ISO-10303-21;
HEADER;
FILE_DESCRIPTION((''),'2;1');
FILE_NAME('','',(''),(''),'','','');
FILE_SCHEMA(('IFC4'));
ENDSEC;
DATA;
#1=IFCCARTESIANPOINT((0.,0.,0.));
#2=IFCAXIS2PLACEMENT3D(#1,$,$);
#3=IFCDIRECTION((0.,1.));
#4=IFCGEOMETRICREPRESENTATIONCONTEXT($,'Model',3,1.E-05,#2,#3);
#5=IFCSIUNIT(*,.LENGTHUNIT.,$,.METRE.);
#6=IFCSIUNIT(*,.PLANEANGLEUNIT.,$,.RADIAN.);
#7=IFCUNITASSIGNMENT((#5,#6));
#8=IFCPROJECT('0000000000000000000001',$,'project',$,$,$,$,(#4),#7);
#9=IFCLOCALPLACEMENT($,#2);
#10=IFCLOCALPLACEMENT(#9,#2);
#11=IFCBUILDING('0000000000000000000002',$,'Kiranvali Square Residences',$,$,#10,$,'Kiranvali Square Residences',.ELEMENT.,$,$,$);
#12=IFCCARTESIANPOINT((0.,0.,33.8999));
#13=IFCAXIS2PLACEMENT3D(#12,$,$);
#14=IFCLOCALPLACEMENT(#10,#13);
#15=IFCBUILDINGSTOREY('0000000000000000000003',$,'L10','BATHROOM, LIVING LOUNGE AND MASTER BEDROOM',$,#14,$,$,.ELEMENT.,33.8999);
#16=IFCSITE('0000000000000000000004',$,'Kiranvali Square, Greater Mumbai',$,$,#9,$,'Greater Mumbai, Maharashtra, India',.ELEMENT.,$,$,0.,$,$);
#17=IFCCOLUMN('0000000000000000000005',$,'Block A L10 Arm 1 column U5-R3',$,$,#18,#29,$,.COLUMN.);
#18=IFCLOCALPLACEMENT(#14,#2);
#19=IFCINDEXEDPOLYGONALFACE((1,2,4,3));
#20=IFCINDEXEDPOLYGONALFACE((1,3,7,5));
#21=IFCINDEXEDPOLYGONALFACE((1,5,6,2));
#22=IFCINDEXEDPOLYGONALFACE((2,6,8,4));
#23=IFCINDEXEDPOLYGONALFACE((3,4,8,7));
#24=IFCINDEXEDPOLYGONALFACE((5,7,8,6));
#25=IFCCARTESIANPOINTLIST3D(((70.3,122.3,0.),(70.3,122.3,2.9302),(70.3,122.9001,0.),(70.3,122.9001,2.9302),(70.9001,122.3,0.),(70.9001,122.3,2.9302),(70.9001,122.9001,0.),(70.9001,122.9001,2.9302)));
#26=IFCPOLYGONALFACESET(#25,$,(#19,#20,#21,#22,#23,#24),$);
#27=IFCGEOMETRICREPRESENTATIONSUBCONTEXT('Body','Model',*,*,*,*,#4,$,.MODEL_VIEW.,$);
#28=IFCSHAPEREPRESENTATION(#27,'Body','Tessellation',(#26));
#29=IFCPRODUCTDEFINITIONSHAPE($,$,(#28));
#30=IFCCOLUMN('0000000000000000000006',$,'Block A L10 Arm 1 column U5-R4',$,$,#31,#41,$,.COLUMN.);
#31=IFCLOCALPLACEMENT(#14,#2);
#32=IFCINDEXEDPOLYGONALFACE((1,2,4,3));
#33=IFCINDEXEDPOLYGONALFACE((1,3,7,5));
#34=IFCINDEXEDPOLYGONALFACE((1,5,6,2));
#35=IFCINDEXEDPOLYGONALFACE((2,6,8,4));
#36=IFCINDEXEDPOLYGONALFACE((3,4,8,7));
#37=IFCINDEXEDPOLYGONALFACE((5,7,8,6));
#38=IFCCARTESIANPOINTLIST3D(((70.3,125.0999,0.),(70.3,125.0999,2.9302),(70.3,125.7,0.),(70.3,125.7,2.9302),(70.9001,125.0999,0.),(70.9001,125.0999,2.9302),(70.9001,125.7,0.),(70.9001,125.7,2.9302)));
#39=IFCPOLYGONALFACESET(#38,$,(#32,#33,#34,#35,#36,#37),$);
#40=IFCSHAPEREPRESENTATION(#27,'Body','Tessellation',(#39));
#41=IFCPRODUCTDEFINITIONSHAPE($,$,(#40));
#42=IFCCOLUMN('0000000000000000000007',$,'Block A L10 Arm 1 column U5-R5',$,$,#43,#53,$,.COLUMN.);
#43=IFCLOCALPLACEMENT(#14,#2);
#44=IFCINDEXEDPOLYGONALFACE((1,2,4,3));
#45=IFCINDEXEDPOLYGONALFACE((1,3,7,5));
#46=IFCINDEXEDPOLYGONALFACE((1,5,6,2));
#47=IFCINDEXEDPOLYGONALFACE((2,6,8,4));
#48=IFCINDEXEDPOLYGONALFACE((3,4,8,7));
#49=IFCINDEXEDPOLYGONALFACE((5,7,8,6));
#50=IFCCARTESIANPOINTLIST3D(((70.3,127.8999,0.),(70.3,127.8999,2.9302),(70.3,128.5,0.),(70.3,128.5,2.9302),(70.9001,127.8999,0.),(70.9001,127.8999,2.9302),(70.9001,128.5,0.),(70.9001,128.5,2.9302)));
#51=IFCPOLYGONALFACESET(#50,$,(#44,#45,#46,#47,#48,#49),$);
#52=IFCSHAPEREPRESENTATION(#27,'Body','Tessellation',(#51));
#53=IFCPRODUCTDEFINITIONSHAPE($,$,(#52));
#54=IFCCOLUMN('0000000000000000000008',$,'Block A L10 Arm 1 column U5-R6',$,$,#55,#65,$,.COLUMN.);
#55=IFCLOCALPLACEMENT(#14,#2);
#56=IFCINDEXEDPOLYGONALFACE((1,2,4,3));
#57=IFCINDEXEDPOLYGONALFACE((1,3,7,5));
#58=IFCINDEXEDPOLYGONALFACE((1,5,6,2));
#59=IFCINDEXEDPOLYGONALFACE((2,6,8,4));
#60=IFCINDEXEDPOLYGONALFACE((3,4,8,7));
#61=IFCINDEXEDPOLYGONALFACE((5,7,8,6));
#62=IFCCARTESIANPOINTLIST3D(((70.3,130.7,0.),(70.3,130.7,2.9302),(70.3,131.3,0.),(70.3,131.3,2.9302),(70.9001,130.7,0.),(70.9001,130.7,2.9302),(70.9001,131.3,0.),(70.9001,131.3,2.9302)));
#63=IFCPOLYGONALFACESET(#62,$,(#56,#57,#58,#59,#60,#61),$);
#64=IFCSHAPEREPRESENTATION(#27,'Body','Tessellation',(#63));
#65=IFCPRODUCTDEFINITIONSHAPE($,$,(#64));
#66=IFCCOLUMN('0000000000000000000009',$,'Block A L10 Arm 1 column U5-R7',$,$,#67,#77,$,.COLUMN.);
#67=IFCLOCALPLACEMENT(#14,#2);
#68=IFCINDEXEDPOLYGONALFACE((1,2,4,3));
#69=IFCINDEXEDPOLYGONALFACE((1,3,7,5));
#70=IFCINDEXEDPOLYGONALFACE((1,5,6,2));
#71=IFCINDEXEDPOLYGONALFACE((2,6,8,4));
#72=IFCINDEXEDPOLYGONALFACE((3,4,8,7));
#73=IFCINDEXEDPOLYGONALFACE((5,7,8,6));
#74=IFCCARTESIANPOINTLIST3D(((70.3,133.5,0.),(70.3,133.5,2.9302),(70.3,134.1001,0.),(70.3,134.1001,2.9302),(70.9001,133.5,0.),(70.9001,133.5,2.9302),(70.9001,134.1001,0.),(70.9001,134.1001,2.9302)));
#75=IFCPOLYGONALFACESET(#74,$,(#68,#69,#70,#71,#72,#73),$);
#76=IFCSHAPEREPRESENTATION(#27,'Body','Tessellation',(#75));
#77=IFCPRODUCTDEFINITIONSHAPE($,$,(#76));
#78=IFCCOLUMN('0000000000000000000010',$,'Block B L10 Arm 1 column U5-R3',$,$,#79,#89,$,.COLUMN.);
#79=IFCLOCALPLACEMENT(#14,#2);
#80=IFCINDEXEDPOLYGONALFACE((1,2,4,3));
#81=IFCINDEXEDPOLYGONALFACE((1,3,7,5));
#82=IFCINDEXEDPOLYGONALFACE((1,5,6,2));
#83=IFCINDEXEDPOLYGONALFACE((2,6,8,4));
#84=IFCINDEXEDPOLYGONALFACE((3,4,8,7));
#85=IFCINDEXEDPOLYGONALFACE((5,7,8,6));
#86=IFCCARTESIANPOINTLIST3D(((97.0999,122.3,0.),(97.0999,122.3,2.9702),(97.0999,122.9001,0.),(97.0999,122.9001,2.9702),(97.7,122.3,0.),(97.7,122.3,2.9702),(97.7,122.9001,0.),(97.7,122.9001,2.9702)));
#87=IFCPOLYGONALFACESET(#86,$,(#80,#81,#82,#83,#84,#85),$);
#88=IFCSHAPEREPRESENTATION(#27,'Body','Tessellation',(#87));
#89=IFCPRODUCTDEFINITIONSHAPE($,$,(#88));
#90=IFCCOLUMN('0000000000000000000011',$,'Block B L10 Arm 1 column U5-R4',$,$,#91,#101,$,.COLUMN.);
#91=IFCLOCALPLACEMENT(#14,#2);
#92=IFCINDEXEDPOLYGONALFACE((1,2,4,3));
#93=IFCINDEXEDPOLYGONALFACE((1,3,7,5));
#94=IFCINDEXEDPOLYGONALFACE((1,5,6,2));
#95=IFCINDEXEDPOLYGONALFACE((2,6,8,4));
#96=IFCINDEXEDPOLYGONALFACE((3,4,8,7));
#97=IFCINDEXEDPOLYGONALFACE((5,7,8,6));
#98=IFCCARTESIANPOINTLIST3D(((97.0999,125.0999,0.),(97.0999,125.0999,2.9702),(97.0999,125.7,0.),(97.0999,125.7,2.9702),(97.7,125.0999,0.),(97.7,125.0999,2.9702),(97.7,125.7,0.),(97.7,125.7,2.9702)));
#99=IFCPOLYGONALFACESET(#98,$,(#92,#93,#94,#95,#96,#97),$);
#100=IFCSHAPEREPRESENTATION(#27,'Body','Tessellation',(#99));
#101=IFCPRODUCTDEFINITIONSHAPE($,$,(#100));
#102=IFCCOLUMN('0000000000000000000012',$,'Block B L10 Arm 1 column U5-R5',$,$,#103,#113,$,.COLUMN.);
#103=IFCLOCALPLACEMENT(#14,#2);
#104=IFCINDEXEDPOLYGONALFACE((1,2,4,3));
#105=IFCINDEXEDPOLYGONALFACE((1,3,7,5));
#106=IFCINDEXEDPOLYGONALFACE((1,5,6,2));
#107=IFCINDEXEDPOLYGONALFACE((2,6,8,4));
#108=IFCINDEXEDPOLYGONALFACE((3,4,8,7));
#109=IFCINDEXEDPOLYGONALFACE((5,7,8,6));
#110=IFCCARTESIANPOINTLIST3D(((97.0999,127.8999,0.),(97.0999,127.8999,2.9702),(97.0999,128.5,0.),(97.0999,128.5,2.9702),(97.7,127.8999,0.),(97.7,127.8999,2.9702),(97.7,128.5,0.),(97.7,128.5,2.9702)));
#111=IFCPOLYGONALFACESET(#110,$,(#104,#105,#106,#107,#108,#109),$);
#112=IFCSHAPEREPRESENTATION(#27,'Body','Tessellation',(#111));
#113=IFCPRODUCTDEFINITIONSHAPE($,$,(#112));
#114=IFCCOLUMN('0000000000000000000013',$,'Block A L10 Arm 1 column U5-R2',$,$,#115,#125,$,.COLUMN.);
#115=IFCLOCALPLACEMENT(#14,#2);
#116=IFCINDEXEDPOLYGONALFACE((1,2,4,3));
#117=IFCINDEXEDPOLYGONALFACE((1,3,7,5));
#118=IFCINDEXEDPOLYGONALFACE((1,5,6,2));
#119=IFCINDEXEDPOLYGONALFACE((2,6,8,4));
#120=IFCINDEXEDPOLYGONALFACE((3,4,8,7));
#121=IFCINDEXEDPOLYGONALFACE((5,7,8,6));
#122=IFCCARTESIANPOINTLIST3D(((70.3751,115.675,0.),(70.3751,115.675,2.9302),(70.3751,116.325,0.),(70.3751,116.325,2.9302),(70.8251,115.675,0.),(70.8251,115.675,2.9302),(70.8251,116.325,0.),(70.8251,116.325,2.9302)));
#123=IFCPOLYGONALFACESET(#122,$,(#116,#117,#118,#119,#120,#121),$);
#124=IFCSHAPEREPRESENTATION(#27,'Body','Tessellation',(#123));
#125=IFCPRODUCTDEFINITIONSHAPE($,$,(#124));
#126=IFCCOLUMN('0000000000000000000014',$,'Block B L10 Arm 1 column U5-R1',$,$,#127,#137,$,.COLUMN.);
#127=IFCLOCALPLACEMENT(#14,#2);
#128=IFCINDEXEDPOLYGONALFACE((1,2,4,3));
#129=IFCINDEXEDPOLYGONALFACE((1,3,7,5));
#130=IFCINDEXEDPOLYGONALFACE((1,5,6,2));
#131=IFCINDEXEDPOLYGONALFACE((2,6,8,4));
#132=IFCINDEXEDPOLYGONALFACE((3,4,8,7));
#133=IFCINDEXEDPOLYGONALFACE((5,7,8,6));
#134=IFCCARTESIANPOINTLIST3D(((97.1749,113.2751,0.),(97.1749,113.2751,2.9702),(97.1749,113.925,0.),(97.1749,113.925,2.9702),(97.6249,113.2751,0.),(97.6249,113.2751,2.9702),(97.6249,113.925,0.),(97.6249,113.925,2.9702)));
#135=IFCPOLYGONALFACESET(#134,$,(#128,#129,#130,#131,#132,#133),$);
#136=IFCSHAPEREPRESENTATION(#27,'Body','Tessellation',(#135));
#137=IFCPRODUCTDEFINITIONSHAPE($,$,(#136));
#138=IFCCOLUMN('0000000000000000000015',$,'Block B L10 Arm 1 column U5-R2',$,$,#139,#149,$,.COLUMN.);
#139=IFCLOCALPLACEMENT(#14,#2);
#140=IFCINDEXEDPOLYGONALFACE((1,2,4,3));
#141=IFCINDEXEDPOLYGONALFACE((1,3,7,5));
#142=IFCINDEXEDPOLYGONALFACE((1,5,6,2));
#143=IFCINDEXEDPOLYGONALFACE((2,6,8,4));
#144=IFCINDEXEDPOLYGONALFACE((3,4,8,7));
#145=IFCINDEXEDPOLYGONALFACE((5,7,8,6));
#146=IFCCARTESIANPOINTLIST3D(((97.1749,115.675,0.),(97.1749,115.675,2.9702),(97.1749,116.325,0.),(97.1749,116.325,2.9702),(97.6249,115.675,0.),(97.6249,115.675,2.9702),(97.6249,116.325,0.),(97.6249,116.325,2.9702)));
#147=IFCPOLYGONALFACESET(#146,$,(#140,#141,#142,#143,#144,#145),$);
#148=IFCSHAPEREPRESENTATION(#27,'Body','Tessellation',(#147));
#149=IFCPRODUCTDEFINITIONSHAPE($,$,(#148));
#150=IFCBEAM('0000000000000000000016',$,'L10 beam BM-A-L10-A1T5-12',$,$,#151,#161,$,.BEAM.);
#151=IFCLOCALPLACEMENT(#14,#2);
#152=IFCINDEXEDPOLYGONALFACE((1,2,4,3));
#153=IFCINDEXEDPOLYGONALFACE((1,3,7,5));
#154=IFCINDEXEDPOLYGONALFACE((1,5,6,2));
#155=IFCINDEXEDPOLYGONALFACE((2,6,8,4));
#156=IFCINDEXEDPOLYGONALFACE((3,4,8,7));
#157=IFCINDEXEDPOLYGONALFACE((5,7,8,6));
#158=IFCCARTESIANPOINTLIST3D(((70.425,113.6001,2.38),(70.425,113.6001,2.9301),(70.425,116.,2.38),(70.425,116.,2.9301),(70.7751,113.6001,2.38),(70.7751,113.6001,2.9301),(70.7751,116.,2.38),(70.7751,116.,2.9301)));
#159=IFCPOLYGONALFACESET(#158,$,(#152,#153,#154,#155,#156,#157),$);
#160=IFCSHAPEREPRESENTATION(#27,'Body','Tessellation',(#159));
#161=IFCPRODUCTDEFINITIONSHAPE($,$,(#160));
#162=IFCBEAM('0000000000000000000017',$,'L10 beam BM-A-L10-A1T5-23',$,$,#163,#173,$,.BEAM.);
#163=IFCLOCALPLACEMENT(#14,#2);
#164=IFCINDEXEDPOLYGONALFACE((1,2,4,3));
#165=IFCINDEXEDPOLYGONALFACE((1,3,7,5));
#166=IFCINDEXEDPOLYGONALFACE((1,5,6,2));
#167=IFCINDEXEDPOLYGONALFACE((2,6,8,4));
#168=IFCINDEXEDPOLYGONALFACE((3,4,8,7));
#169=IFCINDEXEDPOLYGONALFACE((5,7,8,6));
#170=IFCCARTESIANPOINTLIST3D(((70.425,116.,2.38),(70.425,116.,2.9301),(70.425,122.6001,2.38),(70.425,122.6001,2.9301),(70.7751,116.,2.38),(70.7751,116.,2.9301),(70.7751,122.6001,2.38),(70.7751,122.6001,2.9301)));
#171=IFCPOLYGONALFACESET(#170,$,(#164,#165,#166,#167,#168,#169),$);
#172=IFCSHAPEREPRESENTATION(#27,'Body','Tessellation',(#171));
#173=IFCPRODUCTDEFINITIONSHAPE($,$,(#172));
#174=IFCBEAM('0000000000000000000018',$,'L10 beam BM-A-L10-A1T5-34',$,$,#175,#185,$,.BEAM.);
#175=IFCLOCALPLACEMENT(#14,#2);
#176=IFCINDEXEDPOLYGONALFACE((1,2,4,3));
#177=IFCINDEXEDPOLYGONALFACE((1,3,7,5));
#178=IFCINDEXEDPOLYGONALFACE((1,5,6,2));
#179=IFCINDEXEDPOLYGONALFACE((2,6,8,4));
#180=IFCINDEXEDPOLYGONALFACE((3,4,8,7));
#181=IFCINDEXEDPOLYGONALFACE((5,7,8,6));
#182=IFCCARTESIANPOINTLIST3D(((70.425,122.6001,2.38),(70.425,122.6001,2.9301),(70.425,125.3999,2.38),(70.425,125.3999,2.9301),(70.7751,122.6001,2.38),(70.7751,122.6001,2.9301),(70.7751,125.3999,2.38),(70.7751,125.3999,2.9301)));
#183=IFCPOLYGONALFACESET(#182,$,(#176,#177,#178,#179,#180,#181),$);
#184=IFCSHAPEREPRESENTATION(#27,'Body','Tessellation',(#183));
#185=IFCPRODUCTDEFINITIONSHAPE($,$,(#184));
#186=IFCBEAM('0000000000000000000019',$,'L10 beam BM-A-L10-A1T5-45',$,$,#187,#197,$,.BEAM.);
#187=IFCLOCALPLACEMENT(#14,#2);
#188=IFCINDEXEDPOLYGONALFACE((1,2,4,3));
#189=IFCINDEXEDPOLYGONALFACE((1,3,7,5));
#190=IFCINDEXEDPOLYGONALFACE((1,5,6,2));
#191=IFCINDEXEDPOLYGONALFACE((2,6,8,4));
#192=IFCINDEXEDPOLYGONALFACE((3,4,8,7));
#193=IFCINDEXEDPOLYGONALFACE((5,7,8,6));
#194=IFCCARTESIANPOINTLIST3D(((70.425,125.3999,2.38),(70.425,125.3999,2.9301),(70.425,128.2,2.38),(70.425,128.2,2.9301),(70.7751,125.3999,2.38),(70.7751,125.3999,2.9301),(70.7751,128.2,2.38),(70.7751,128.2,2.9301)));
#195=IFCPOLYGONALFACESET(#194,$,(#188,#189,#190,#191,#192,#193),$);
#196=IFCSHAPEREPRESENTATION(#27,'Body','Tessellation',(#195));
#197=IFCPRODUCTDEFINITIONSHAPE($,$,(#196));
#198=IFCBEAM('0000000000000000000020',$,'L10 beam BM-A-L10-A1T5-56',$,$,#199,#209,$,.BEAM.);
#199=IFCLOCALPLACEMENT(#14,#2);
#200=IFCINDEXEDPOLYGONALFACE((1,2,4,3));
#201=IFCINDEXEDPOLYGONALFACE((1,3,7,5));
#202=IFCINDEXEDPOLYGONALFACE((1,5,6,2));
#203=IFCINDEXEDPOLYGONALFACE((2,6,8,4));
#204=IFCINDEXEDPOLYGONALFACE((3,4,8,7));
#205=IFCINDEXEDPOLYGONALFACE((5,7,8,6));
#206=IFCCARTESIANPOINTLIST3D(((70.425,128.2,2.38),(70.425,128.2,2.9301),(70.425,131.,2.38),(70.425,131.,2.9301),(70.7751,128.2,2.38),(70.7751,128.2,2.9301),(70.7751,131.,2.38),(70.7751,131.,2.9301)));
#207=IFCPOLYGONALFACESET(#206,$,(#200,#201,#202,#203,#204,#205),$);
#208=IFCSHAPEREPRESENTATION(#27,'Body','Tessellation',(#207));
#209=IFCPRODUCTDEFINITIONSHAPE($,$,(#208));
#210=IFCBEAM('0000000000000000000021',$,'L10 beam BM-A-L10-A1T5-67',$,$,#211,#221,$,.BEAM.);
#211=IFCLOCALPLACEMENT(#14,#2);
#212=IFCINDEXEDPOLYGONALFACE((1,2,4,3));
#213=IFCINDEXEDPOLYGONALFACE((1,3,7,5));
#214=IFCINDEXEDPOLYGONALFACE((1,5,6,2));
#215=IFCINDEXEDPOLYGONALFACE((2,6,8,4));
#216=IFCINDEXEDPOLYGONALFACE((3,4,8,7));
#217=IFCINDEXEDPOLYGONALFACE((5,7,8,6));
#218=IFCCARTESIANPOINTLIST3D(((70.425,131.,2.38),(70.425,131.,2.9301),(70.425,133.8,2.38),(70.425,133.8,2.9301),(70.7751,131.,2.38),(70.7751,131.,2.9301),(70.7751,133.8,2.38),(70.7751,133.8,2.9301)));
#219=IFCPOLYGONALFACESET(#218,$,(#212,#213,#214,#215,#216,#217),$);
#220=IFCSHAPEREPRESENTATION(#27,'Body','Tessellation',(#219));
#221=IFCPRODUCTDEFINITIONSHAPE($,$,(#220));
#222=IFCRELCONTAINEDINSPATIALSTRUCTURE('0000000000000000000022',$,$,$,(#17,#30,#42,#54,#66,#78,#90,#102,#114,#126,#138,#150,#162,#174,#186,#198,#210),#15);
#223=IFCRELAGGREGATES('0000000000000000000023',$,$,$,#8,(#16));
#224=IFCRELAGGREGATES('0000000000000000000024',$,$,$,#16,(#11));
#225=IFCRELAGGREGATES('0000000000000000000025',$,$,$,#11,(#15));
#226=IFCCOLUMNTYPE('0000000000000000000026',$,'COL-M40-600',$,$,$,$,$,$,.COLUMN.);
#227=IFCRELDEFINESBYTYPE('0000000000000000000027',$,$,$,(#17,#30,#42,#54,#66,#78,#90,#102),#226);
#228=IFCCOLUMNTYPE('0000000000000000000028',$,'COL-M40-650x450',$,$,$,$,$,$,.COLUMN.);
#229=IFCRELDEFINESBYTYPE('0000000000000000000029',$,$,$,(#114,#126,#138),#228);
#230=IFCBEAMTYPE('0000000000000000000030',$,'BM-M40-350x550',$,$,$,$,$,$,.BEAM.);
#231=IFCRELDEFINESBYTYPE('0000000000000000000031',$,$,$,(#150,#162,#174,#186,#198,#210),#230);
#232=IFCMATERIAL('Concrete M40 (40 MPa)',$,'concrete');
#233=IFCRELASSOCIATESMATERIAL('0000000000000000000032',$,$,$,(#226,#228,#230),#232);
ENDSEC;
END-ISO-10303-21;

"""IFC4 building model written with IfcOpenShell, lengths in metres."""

from ifc_helpers import new_model, si_unit, direction, frame, origin, origin_2d, place, context, subcontext, project, spatial, rectangle, extrude, material, material_profile, profile_set, type_object, element, save


model = new_model("IFC4")

# Units and contexts
model_context = context("Model", 3, precision=1e-05, world=origin(), true_north=direction((0.0, 1.0)))
body_context = subcontext(model_context, "Body", "Model", "MODEL_VIEW")
ifc_project = project(units=[si_unit("LENGTHUNIT", "METRE"), si_unit("PLANEANGLEUNIT", "RADIAN")], contexts=[model_context])

# Site, building, storey
site_placement = place(None, origin())
site = spatial("IfcSite", under=ifc_project, at=site_placement, Name="Kiranvali Square, Greater Mumbai", LongName="Greater Mumbai, Maharashtra, India", CompositionType="ELEMENT", RefElevation=0.0)
building_placement = place(site_placement, origin())
building = spatial("IfcBuilding", under=site, at=building_placement, Name="Kiranvali Square Residences", LongName="Kiranvali Square Residences", CompositionType="ELEMENT")
storey_placement = place(building_placement, frame((0.0, 0.0, 33.8999)))
storey = spatial("IfcBuildingStorey", under=building, at=storey_placement, Name="L10", Description="BATHROOM, LIVING LOUNGE AND MASTER BEDROOM", CompositionType="ELEMENT", Elevation=33.8999)

# Columns
ifc_material_1 = material(Name="Concrete M40 (40 MPa)", Category="concrete")
ifc_material_profile_1 = material_profile(ifc_material_1, rectangle(XDim=0.6001, YDim=0.6001, at=origin_2d()), Name="RC 600x600")
ifc_profile_set_1 = profile_set([ifc_material_profile_1], Name="Concrete M40 (40 MPa)")
column_type_1 = type_object("IfcColumnType", Name="COL-M40-600", PredefinedType="COLUMN", material=ifc_profile_set_1)
for number, where, z_axis, x_axis, name in (
    (1, (70.6001, 122.6001, 0.0), (0.0, 0.0, 1.0), (1.0, 0.0, 0.0), "Block A L10 Arm 1 column U5-R3"),
    (2, (70.6001, 125.3999, 0.0), (0.0, 0.0, 1.0), (1.0, 0.0, 0.0), "Block A L10 Arm 1 column U5-R4"),
    (3, (70.6001, 128.2, 0.0), (0.0, 0.0, 1.0), (1.0, 0.0, 0.0), "Block A L10 Arm 1 column U5-R5"),
    (4, (70.6001, 131.0, 0.0), (0.0, 0.0, 1.0), (1.0, 0.0, 0.0), "Block A L10 Arm 1 column U5-R6"),
    (5, (70.6001, 133.8, 0.0), (0.0, 0.0, 1.0), (1.0, 0.0, 0.0), "Block A L10 Arm 1 column U5-R7"),
):
    element("IfcColumn", number, at=place(storey_placement, frame(where, z_axis=z_axis, x_axis=x_axis)), inside=storey, type_object=column_type_1, Name=name, PredefinedType="COLUMN", context=body_context, shape_type="SweptSolid", body=[
        extrude(rectangle(XDim=0.6001, YDim=0.6001, at=origin_2d()), origin(), (0.0, 0.0, 1.0), 2.9302),
    ])
for number, where, z_axis, x_axis, name in (
    (6, (97.3999, 122.6001, 0.0), (0.0, 0.0, 1.0), (1.0, 0.0, 0.0), "Block B L10 Arm 1 column U5-R3"),
    (7, (97.3999, 125.3999, 0.0), (0.0, 0.0, 1.0), (1.0, 0.0, 0.0), "Block B L10 Arm 1 column U5-R4"),
    (8, (97.3999, 128.2, 0.0), (0.0, 0.0, 1.0), (1.0, 0.0, 0.0), "Block B L10 Arm 1 column U5-R5"),
):
    element("IfcColumn", number, at=place(storey_placement, frame(where, z_axis=z_axis, x_axis=x_axis)), inside=storey, type_object=column_type_1, Name=name, PredefinedType="COLUMN", context=body_context, shape_type="SweptSolid", body=[
        extrude(rectangle(XDim=0.6001, YDim=0.6001, at=origin_2d()), origin(), (0.0, 0.0, 1.0), 2.9702),
    ])
ifc_material_profile_2 = material_profile(ifc_material_1, rectangle(XDim=0.45, YDim=0.6499, at=origin_2d()), Name="RC 650x450")
ifc_profile_set_2 = profile_set([ifc_material_profile_2], Name="Concrete M40 (40 MPa)")
column_type_2 = type_object("IfcColumnType", Name="COL-M40-650x450", PredefinedType="COLUMN", material=ifc_profile_set_2)
column_placement = place(storey_placement, frame((70.6001, 116.0, 0.0), z_axis=(0.0, 0.0, 1.0), x_axis=(1.0, 0.0, 0.0)))
element("IfcColumn", 9, at=column_placement, inside=storey, type_object=column_type_2, Name="Block A L10 Arm 1 column U5-R2", PredefinedType="COLUMN", context=body_context, shape_type="SweptSolid", body=[
    extrude(rectangle(XDim=0.45, YDim=0.6499, at=origin_2d()), origin(), (0.0, 0.0, 1.0), 2.9302),
])
for number, where, z_axis, x_axis, name in (
    (10, (97.3999, 113.6001, 0.0), (0.0, 0.0, 1.0), (1.0, 0.0, 0.0), "Block B L10 Arm 1 column U5-R1"),
    (11, (97.3999, 116.0, 0.0), (0.0, 0.0, 1.0), (1.0, 0.0, 0.0), "Block B L10 Arm 1 column U5-R2"),
):
    element("IfcColumn", number, at=place(storey_placement, frame(where, z_axis=z_axis, x_axis=x_axis)), inside=storey, type_object=column_type_2, Name=name, PredefinedType="COLUMN", context=body_context, shape_type="SweptSolid", body=[
        extrude(rectangle(XDim=0.45, YDim=0.6499, at=origin_2d()), origin(), (0.0, 0.0, 1.0), 2.9702),
    ])

# Beams
ifc_material_profile_3 = material_profile(ifc_material_1, rectangle(XDim=0.3501, YDim=0.55, at=origin_2d()), Name="RC 350x550")
ifc_profile_set_3 = profile_set([ifc_material_profile_3], Name="Concrete M40 (40 MPa)")
beam_type = type_object("IfcBeamType", Name="BM-M40-350x550", PredefinedType="BEAM", material=ifc_profile_set_3)
beam_1_placement = place(storey_placement, frame((70.6001, 113.6001, 2.655), z_axis=(0.0, 1.0, 0.0), x_axis=(-1.0, 0.0, 0.0)))
element("IfcBeam", 12, at=beam_1_placement, inside=storey, type_object=beam_type, Name="L10 beam BM-A-L10-A1T5-12", PredefinedType="BEAM", context=body_context, shape_type="SweptSolid", body=[
    extrude(rectangle(XDim=0.3501, YDim=0.55, at=origin_2d()), origin(), (0.0, 0.0, 1.0), 2.3999),
])
beam_2_placement = place(storey_placement, frame((70.6001, 116.0, 2.655), z_axis=(0.0, 1.0, 0.0), x_axis=(-1.0, 0.0, 0.0)))
element("IfcBeam", 13, at=beam_2_placement, inside=storey, type_object=beam_type, Name="L10 beam BM-A-L10-A1T5-23", PredefinedType="BEAM", context=body_context, shape_type="SweptSolid", body=[
    extrude(rectangle(XDim=0.3501, YDim=0.55, at=origin_2d()), origin(), (0.0, 0.0, 1.0), 6.6001),
])
beam_3_placement = place(storey_placement, frame((70.6001, 122.6001, 2.655), z_axis=(0.0, 1.0, 0.0), x_axis=(-1.0, 0.0, 0.0)))
element("IfcBeam", 14, at=beam_3_placement, inside=storey, type_object=beam_type, Name="L10 beam BM-A-L10-A1T5-34", PredefinedType="BEAM", context=body_context, shape_type="SweptSolid", body=[
    extrude(rectangle(XDim=0.3501, YDim=0.55, at=origin_2d()), origin(), (0.0, 0.0, 1.0), 2.7998),
])
for number, where, z_axis, x_axis, name in (
    (15, (70.6001, 125.3999, 2.655), (0.0, 1.0, 0.0), (-1.0, 0.0, 0.0), "L10 beam BM-A-L10-A1T5-45"),
    (16, (70.6001, 128.2, 2.655), (0.0, 1.0, 0.0), (-1.0, 0.0, 0.0), "L10 beam BM-A-L10-A1T5-56"),
    (17, (70.6001, 131.0, 2.655), (0.0, 1.0, 0.0), (-1.0, 0.0, 0.0), "L10 beam BM-A-L10-A1T5-67"),
):
    element("IfcBeam", number, at=place(storey_placement, frame(where, z_axis=z_axis, x_axis=x_axis)), inside=storey, type_object=beam_type, Name=name, PredefinedType="BEAM", context=body_context, shape_type="SweptSolid", body=[
        extrude(rectangle(XDim=0.3501, YDim=0.55, at=origin_2d()), origin(), (0.0, 0.0, 1.0), 2.8),
    ])

save(model, "model.ifc")
